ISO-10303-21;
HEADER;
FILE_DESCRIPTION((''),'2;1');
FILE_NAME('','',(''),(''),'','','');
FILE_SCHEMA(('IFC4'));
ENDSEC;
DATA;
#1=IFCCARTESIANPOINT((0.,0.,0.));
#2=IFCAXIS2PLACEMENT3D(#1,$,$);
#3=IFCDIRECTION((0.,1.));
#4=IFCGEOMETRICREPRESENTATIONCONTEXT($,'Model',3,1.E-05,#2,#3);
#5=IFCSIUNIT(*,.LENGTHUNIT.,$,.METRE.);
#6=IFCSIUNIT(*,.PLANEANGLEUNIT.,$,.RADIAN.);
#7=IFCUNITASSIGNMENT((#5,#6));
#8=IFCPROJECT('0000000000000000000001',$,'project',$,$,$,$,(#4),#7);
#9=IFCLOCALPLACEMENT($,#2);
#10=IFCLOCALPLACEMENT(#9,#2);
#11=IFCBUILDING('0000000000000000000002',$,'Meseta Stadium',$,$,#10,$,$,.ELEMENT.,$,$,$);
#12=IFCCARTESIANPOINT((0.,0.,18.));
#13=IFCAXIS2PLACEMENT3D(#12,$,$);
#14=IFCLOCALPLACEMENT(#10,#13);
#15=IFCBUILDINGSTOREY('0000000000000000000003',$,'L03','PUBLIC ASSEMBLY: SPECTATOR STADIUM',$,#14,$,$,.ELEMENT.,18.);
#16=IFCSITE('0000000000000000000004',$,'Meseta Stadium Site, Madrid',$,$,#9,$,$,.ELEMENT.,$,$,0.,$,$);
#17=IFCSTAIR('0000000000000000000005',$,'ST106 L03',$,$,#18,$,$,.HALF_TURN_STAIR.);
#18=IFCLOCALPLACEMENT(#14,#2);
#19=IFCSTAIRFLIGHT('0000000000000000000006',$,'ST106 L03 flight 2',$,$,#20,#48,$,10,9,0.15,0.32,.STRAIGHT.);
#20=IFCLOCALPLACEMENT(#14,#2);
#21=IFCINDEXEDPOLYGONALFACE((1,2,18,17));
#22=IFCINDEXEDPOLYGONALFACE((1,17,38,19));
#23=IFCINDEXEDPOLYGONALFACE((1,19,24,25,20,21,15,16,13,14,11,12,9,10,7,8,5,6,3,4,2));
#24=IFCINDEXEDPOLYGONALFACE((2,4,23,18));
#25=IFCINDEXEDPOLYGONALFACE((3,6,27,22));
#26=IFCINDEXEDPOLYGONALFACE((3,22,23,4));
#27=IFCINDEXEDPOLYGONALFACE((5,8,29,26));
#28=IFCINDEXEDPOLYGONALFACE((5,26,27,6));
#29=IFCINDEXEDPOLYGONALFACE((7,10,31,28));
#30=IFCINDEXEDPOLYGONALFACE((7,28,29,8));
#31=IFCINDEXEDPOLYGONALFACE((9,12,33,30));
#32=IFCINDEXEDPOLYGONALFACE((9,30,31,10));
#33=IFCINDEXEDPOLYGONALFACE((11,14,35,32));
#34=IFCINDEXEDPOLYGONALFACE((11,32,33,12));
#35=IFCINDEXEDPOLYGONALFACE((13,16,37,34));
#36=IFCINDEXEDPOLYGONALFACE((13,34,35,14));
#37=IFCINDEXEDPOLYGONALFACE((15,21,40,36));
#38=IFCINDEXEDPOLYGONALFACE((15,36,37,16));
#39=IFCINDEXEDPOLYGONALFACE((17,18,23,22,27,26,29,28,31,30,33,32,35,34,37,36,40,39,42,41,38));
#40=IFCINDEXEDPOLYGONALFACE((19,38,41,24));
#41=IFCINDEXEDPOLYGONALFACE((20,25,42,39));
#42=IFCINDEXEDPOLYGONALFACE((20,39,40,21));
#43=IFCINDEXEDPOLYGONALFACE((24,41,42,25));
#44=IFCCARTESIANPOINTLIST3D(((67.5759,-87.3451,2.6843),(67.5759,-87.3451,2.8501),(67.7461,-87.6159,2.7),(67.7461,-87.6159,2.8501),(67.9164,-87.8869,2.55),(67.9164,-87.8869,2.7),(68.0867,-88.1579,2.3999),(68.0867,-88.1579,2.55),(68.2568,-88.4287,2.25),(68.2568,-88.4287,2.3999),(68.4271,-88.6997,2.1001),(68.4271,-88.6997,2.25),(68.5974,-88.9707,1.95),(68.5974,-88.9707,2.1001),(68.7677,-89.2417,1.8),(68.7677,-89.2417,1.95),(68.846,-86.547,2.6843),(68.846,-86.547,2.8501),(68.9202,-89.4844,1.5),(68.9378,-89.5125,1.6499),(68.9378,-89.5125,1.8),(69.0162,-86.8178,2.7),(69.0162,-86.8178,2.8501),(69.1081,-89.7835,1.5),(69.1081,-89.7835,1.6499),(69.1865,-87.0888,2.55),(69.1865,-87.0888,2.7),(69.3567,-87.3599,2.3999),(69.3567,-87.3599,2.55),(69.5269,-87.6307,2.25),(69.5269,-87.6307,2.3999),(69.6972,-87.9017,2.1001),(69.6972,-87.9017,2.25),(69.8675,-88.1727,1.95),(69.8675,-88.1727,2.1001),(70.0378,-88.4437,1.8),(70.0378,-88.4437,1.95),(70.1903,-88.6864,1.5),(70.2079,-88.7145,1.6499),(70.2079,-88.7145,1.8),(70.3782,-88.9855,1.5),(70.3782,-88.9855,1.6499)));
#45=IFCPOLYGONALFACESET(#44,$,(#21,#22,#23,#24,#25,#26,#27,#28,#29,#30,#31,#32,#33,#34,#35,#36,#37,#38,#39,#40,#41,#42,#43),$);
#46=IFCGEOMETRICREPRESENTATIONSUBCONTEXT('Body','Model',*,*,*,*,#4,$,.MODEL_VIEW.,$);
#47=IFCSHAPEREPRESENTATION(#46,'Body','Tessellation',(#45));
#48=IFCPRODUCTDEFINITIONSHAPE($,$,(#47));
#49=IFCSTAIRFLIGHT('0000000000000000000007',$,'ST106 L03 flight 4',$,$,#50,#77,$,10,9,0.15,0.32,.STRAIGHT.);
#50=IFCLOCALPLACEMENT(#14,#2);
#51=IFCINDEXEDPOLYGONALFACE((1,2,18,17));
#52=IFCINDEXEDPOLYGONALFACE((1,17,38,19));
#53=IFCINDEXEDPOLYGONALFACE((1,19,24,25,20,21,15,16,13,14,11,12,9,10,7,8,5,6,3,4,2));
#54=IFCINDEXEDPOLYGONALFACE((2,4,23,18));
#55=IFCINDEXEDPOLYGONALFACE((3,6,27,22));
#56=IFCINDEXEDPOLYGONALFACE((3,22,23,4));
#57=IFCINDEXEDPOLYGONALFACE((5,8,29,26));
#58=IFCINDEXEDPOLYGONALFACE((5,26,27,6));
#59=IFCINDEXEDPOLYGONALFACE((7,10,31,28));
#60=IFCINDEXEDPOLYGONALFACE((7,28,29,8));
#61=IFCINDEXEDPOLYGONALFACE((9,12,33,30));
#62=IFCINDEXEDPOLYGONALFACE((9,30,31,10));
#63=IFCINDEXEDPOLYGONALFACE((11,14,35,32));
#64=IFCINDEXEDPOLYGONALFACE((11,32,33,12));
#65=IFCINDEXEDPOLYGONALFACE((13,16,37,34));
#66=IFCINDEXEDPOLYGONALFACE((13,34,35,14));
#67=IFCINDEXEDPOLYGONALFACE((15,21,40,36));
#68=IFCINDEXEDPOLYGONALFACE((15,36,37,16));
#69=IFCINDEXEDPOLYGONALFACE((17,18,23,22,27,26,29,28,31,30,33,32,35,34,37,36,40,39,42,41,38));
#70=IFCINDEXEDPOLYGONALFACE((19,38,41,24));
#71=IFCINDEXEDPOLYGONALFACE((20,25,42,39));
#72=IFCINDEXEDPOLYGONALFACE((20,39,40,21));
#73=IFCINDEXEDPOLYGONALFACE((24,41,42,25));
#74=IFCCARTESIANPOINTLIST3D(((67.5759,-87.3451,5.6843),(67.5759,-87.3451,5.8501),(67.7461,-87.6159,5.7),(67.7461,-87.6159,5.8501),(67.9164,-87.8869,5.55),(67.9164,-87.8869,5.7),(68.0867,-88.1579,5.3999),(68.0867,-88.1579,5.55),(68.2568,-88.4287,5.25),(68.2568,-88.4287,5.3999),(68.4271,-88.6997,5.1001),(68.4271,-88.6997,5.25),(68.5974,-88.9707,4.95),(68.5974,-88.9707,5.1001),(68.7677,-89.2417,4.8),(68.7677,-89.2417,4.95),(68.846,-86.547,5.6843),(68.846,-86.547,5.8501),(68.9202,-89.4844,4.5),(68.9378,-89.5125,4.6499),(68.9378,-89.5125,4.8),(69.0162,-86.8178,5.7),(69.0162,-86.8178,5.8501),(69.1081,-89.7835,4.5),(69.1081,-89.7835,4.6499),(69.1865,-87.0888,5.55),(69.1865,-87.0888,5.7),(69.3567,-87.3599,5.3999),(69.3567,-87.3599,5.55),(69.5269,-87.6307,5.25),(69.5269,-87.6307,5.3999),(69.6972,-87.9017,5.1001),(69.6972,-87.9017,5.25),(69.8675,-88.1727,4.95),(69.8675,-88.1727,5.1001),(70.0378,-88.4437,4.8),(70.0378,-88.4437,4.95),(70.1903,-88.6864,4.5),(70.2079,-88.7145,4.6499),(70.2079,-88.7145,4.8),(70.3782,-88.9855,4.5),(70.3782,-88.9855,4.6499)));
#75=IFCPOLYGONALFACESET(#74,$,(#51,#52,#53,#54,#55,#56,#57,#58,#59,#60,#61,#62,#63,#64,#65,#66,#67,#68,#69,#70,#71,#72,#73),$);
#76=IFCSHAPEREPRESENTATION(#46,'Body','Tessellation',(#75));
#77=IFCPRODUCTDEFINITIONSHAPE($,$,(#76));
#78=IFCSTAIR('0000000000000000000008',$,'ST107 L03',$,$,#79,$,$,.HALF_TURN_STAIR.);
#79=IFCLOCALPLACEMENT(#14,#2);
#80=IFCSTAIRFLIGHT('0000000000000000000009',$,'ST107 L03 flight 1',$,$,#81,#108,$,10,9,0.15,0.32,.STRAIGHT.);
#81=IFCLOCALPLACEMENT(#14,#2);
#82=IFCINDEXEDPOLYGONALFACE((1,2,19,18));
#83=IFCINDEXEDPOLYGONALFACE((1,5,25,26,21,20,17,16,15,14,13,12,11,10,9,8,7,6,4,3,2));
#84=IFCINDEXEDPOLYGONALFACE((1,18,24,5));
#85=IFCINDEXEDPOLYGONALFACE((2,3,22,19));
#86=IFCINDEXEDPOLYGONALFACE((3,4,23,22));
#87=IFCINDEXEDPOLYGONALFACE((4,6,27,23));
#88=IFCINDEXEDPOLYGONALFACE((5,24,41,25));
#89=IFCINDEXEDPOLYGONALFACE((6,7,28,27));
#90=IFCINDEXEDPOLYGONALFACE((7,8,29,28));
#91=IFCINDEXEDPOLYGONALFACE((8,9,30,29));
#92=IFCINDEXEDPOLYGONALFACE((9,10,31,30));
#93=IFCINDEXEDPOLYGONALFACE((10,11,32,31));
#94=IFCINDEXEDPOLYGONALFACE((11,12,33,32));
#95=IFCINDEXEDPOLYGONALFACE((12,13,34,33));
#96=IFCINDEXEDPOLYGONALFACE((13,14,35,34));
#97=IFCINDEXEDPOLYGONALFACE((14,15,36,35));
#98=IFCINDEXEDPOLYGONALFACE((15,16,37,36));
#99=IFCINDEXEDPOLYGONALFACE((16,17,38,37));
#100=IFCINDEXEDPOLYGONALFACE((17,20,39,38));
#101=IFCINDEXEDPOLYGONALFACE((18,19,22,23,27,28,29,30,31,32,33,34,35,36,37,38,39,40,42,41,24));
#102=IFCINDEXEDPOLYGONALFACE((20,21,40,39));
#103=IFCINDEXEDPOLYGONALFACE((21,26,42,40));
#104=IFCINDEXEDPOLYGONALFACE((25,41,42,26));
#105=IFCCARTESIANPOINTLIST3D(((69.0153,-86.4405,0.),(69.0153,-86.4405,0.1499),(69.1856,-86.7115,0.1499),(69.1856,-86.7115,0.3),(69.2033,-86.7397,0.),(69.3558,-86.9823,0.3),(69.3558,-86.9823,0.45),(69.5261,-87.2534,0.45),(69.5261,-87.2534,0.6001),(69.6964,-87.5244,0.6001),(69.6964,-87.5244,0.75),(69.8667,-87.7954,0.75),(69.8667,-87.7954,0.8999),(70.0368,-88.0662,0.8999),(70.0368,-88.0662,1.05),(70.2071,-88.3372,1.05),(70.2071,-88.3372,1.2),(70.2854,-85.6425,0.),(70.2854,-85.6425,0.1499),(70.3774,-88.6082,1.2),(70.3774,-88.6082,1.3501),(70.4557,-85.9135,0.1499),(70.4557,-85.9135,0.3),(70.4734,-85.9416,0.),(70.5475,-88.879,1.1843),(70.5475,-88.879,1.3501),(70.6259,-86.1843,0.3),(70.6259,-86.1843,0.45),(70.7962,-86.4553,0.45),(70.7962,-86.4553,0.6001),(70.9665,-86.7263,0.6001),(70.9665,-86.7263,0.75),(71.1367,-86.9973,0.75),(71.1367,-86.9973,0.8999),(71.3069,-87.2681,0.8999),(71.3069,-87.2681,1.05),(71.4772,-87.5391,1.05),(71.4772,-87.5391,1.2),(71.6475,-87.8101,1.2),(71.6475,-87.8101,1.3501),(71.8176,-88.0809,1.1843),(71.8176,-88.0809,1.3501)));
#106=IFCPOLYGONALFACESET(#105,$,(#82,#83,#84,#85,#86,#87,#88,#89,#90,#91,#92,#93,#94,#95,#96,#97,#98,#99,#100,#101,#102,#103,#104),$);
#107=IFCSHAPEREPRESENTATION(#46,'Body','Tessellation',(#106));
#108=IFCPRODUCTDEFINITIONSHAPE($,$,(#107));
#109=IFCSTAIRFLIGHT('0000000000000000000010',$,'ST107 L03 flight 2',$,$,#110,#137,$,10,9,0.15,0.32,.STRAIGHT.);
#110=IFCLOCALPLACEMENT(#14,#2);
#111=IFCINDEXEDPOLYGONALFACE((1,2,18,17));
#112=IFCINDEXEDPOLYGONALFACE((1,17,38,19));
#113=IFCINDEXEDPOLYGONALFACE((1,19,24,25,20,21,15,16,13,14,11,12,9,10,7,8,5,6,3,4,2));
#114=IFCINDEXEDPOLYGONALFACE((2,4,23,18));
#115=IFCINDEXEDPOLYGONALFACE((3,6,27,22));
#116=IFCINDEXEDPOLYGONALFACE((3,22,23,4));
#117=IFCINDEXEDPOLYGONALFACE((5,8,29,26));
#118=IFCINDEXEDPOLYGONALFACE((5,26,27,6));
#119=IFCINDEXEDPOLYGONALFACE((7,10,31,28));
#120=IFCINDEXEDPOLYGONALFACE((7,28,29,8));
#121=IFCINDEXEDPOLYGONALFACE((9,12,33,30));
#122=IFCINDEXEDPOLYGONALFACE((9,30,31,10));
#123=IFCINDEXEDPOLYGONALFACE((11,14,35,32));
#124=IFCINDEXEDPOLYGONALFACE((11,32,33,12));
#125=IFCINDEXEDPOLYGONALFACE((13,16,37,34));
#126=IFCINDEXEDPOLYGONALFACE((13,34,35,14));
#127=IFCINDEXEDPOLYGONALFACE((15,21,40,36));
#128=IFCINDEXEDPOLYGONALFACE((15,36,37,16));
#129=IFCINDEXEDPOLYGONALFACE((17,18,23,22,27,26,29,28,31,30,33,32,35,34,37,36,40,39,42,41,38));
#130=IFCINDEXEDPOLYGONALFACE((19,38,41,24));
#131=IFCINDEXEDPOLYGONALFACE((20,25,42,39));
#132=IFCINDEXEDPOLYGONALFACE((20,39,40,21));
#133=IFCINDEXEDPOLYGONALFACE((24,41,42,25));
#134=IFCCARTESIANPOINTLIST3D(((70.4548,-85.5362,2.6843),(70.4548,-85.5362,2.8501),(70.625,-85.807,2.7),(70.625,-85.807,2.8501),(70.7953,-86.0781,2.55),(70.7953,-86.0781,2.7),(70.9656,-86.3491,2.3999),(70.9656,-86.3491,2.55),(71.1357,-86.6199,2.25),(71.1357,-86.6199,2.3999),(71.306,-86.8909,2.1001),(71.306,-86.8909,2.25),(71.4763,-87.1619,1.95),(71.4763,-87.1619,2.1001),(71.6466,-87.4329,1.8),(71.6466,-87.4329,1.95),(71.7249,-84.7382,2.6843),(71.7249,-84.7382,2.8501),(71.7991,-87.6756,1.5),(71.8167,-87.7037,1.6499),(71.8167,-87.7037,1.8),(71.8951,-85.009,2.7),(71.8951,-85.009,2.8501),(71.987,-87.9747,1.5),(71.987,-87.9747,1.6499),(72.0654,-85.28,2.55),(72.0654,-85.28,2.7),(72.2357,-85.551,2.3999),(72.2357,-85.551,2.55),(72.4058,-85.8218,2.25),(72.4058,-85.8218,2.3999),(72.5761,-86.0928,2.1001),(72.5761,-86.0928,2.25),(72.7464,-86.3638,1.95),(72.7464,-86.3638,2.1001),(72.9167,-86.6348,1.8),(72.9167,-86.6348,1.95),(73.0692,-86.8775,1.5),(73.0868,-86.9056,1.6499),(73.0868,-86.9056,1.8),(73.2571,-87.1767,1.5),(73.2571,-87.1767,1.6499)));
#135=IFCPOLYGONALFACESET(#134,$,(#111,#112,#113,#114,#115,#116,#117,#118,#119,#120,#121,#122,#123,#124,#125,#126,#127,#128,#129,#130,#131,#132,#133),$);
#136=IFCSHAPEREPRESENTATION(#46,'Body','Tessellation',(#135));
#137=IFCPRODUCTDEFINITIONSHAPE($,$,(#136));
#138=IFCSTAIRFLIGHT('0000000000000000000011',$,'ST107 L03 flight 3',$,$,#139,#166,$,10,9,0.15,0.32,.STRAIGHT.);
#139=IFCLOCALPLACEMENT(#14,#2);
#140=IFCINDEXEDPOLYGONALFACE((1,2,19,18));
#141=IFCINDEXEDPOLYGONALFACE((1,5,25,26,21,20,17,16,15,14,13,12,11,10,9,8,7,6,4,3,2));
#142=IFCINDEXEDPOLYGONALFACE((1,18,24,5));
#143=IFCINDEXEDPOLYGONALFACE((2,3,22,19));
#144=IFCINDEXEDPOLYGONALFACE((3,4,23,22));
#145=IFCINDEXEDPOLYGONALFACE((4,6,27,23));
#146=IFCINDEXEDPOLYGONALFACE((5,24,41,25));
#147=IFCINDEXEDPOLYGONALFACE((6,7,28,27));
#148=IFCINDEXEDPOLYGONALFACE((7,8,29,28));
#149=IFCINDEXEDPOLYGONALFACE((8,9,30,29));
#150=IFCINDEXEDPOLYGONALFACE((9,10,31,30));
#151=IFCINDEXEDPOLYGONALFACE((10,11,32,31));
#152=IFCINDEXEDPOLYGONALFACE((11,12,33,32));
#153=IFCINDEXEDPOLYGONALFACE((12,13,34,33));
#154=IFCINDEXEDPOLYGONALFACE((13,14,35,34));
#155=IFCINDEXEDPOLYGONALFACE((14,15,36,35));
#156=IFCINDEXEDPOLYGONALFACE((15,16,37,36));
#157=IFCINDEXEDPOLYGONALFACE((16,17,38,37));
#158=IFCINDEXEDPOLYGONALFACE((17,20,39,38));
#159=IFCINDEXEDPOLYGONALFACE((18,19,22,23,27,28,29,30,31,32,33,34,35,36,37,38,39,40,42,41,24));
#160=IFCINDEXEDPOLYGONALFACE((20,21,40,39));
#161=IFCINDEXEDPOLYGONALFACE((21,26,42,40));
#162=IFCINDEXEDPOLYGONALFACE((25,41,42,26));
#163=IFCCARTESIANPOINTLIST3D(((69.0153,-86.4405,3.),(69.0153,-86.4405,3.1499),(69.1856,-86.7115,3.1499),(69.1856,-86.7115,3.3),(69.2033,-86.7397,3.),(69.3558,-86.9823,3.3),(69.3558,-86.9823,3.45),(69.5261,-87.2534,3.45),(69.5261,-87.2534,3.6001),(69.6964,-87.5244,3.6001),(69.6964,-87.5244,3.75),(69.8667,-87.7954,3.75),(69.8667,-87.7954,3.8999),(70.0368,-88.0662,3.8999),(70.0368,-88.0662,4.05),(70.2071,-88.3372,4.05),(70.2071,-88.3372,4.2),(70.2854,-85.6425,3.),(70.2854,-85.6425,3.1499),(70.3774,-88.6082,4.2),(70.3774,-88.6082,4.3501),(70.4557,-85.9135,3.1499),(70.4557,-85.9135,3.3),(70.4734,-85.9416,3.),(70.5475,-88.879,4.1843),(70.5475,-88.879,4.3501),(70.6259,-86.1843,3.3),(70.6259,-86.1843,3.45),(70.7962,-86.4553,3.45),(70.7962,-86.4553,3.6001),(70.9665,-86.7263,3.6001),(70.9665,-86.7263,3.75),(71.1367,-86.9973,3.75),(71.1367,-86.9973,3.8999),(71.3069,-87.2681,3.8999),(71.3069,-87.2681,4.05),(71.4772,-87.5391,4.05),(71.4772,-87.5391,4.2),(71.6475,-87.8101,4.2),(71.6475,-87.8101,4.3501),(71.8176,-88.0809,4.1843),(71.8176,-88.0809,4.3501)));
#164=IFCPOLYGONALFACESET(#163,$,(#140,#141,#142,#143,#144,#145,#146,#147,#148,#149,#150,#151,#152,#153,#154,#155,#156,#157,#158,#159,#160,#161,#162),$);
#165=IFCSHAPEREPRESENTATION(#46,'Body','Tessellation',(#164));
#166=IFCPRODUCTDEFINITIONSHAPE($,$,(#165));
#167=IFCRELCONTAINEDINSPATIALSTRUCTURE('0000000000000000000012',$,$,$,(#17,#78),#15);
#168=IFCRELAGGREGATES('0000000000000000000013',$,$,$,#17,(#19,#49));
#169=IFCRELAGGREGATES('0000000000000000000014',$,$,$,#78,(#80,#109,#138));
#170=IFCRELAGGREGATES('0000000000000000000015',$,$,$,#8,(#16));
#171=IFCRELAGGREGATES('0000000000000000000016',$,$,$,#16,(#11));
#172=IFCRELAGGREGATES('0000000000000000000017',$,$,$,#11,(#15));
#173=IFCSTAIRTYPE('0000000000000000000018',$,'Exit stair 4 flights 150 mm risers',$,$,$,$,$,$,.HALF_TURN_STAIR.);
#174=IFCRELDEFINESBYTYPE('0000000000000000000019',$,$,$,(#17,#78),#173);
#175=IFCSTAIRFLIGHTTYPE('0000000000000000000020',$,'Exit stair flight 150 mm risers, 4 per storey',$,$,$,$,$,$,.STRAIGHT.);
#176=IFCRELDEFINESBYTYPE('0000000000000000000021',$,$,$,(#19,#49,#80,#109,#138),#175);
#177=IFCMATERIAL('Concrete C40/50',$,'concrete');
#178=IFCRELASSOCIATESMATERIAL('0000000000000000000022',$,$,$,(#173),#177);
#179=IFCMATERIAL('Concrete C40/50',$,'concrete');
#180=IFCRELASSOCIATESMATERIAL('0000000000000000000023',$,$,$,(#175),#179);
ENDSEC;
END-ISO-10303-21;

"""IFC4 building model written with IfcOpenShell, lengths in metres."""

from ifc_helpers import new_model, si_unit, direction, frame, origin, place, context, subcontext, project, spatial, polyline, outline, extrude, material, type_object, element, aggregate, save


model = new_model("IFC4")

# Units and contexts
model_context = context("Model", 3, precision=1e-05, world=origin(), true_north=direction((0.0, 1.0)))
body_context = subcontext(model_context, "Body", "Model", "MODEL_VIEW")
ifc_project = project(units=[si_unit("LENGTHUNIT", "METRE"), si_unit("PLANEANGLEUNIT", "RADIAN")], contexts=[model_context])

# Site, building, storey
site_placement = place(None, origin())
site = spatial("IfcSite", under=ifc_project, at=site_placement, Name="Meseta Stadium Site, Madrid", CompositionType="ELEMENT", RefElevation=0.0)
building_placement = place(site_placement, origin())
building = spatial("IfcBuilding", under=site, at=building_placement, Name="Meseta Stadium", CompositionType="ELEMENT")
storey_placement = place(building_placement, frame((0.0, 0.0, 18.0)))
storey = spatial("IfcBuildingStorey", under=building, at=storey_placement, Name="L03", Description="PUBLIC ASSEMBLY: SPECTATOR STADIUM", CompositionType="ELEMENT", Elevation=18.0)

# Stairs, stair flights
ifc_material_1 = material(Name="Concrete C40/50", Category="concrete")
stair_type = type_object("IfcStairType", Name="Exit stair 4 flights 150 mm risers", PredefinedType="HALF_TURN_STAIR", material=ifc_material_1)
stair_1_placement = place(storey_placement, origin())
stair_1 = element("IfcStair", 1, at=stair_1_placement, inside=storey, type_object=stair_type, Name="ST106 L03", PredefinedType="HALF_TURN_STAIR")
ifc_material_2 = material(Name="Concrete C40/50", Category="concrete")
stair_flight_type = type_object("IfcStairFlightType", Name="Exit stair flight 150 mm risers, 4 per storey", PredefinedType="STRAIGHT", material=ifc_material_2)
stair_flight_1_placement = place(storey_placement, frame((69.7432, -89.3845, 1.5), z_axis=(0.0, 0.0, 1.0), x_axis=(-0.532032, 0.846724, 0.0)))
stair_flight_1 = element("IfcStairFlight", 2, at=stair_flight_1_placement, type_object=stair_flight_type, Name="ST106 L03 flight 2", NumberOfRisers=10, NumberOfTreads=9, PredefinedType="STRAIGHT", RiserHeight=0.15, TreadLength=0.32, context=body_context, shape_type="SweptSolid", body=[
    extrude(outline(polyline([(0.0, 0.0), (0.0, 0.1499), (0.3201, 0.1499), (0.3201, 0.3), (0.6399, 0.3), (0.6399, 0.45), (0.96, 0.45), (0.96, 0.6001), (1.28, 0.6001), (1.28, 0.75), (1.6001, 0.75), (1.6001, 0.8999), (1.9199, 0.8999), (1.9199, 1.05), (2.24, 1.05), (2.24, 1.2), (2.5601, 1.2), (2.5601, 1.3501), (2.8799, 1.3501), (2.8799, 1.1843), (0.3533, 0.0), (0.0, 0.0)])), frame((0.0, 0.75, 0.0), z_axis=(0.0, -1.0, 0.0), x_axis=(1.0, 0.0, 0.0)), (0.0, 0.0, 1.0), 1.5),
])
stair_flight_2_placement = place(storey_placement, frame((69.7432, -89.3845, 4.5), z_axis=(0.0, 0.0, 1.0), x_axis=(-0.532032, 0.846724, 0.0)))
stair_flight_2 = element("IfcStairFlight", 3, at=stair_flight_2_placement, type_object=stair_flight_type, Name="ST106 L03 flight 4", NumberOfRisers=10, NumberOfTreads=9, PredefinedType="STRAIGHT", RiserHeight=0.15, TreadLength=0.32, context=body_context, shape_type="SweptSolid", body=[
    extrude(outline(polyline([(0.0, 0.0), (0.0, 0.1499), (0.3201, 0.1499), (0.3201, 0.3), (0.6399, 0.3), (0.6399, 0.45), (0.96, 0.45), (0.96, 0.6001), (1.28, 0.6001), (1.28, 0.75), (1.6001, 0.75), (1.6001, 0.8999), (1.9199, 0.8999), (1.9199, 1.05), (2.24, 1.05), (2.24, 1.2), (2.5601, 1.2), (2.5601, 1.3501), (2.8799, 1.3501), (2.8799, 1.1843), (0.3533, 0.0), (0.0, 0.0)])), frame((0.0, 0.75, 0.0), z_axis=(0.0, -1.0, 0.0), x_axis=(1.0, 0.0, 0.0)), (0.0, 0.0, 1.0), 1.5),
])
aggregate(stair_1, [stair_flight_1, stair_flight_2])
stair_2_placement = place(storey_placement, origin())
stair_2 = element("IfcStair", 4, at=stair_2_placement, inside=storey, type_object=stair_type, Name="ST107 L03", PredefinedType="HALF_TURN_STAIR")
stair_flight_3_placement = place(storey_placement, frame((69.6504, -86.0415, 0.0), z_axis=(0.0, 0.0, 1.0), x_axis=(0.532032, -0.846724, 0.0)))
stair_flight_3 = element("IfcStairFlight", 5, at=stair_flight_3_placement, type_object=stair_flight_type, Name="ST107 L03 flight 1", NumberOfRisers=10, NumberOfTreads=9, PredefinedType="STRAIGHT", RiserHeight=0.15, TreadLength=0.32, context=body_context, shape_type="SweptSolid", body=[
    extrude(outline(polyline([(0.0, 0.0), (0.0, 0.1499), (0.3201, 0.1499), (0.3201, 0.3), (0.6399, 0.3), (0.6399, 0.45), (0.96, 0.45), (0.96, 0.6001), (1.28, 0.6001), (1.28, 0.75), (1.6001, 0.75), (1.6001, 0.8999), (1.9199, 0.8999), (1.9199, 1.05), (2.24, 1.05), (2.24, 1.2), (2.5601, 1.2), (2.5601, 1.3501), (2.8799, 1.3501), (2.8799, 1.1843), (0.3533, 0.0), (0.0, 0.0)])), frame((0.0, 0.75, 0.0), z_axis=(0.0, -1.0, 0.0), x_axis=(1.0, 0.0, 0.0)), (0.0, 0.0, 1.0), 1.5),
])
stair_flight_4_placement = place(storey_placement, frame((72.6221, -87.5757, 1.5), z_axis=(0.0, 0.0, 1.0), x_axis=(-0.532032, 0.846724, 0.0)))
stair_flight_4 = element("IfcStairFlight", 6, at=stair_flight_4_placement, type_object=stair_flight_type, Name="ST107 L03 flight 2", NumberOfRisers=10, NumberOfTreads=9, PredefinedType="STRAIGHT", RiserHeight=0.15, TreadLength=0.32, context=body_context, shape_type="SweptSolid", body=[
    extrude(outline(polyline([(0.0, 0.0), (0.0, 0.1499), (0.3201, 0.1499), (0.3201, 0.3), (0.6399, 0.3), (0.6399, 0.45), (0.96, 0.45), (0.96, 0.6001), (1.28, 0.6001), (1.28, 0.75), (1.6001, 0.75), (1.6001, 0.8999), (1.9199, 0.8999), (1.9199, 1.05), (2.24, 1.05), (2.24, 1.2), (2.5601, 1.2), (2.5601, 1.3501), (2.8799, 1.3501), (2.8799, 1.1843), (0.3533, 0.0), (0.0, 0.0)])), frame((0.0, 0.75, 0.0), z_axis=(0.0, -1.0, 0.0), x_axis=(1.0, 0.0, 0.0)), (0.0, 0.0, 1.0), 1.5),
])
stair_flight_5_placement = place(storey_placement, frame((69.6504, -86.0415, 3.0), z_axis=(0.0, 0.0, 1.0), x_axis=(0.532032, -0.846724, 0.0)))
stair_flight_5 = element("IfcStairFlight", 7, at=stair_flight_5_placement, type_object=stair_flight_type, Name="ST107 L03 flight 3", NumberOfRisers=10, NumberOfTreads=9, PredefinedType="STRAIGHT", RiserHeight=0.15, TreadLength=0.32, context=body_context, shape_type="SweptSolid", body=[
    extrude(outline(polyline([(0.0, 0.0), (0.0, 0.1499), (0.3201, 0.1499), (0.3201, 0.3), (0.6399, 0.3), (0.6399, 0.45), (0.96, 0.45), (0.96, 0.6001), (1.28, 0.6001), (1.28, 0.75), (1.6001, 0.75), (1.6001, 0.8999), (1.9199, 0.8999), (1.9199, 1.05), (2.24, 1.05), (2.24, 1.2), (2.5601, 1.2), (2.5601, 1.3501), (2.8799, 1.3501), (2.8799, 1.1843), (0.3533, 0.0), (0.0, 0.0)])), frame((0.0, 0.75, 0.0), z_axis=(0.0, -1.0, 0.0), x_axis=(1.0, 0.0, 0.0)), (0.0, 0.0, 1.0), 1.5),
])
aggregate(stair_2, [stair_flight_3, stair_flight_4, stair_flight_5])

save(model, "model.ifc")
